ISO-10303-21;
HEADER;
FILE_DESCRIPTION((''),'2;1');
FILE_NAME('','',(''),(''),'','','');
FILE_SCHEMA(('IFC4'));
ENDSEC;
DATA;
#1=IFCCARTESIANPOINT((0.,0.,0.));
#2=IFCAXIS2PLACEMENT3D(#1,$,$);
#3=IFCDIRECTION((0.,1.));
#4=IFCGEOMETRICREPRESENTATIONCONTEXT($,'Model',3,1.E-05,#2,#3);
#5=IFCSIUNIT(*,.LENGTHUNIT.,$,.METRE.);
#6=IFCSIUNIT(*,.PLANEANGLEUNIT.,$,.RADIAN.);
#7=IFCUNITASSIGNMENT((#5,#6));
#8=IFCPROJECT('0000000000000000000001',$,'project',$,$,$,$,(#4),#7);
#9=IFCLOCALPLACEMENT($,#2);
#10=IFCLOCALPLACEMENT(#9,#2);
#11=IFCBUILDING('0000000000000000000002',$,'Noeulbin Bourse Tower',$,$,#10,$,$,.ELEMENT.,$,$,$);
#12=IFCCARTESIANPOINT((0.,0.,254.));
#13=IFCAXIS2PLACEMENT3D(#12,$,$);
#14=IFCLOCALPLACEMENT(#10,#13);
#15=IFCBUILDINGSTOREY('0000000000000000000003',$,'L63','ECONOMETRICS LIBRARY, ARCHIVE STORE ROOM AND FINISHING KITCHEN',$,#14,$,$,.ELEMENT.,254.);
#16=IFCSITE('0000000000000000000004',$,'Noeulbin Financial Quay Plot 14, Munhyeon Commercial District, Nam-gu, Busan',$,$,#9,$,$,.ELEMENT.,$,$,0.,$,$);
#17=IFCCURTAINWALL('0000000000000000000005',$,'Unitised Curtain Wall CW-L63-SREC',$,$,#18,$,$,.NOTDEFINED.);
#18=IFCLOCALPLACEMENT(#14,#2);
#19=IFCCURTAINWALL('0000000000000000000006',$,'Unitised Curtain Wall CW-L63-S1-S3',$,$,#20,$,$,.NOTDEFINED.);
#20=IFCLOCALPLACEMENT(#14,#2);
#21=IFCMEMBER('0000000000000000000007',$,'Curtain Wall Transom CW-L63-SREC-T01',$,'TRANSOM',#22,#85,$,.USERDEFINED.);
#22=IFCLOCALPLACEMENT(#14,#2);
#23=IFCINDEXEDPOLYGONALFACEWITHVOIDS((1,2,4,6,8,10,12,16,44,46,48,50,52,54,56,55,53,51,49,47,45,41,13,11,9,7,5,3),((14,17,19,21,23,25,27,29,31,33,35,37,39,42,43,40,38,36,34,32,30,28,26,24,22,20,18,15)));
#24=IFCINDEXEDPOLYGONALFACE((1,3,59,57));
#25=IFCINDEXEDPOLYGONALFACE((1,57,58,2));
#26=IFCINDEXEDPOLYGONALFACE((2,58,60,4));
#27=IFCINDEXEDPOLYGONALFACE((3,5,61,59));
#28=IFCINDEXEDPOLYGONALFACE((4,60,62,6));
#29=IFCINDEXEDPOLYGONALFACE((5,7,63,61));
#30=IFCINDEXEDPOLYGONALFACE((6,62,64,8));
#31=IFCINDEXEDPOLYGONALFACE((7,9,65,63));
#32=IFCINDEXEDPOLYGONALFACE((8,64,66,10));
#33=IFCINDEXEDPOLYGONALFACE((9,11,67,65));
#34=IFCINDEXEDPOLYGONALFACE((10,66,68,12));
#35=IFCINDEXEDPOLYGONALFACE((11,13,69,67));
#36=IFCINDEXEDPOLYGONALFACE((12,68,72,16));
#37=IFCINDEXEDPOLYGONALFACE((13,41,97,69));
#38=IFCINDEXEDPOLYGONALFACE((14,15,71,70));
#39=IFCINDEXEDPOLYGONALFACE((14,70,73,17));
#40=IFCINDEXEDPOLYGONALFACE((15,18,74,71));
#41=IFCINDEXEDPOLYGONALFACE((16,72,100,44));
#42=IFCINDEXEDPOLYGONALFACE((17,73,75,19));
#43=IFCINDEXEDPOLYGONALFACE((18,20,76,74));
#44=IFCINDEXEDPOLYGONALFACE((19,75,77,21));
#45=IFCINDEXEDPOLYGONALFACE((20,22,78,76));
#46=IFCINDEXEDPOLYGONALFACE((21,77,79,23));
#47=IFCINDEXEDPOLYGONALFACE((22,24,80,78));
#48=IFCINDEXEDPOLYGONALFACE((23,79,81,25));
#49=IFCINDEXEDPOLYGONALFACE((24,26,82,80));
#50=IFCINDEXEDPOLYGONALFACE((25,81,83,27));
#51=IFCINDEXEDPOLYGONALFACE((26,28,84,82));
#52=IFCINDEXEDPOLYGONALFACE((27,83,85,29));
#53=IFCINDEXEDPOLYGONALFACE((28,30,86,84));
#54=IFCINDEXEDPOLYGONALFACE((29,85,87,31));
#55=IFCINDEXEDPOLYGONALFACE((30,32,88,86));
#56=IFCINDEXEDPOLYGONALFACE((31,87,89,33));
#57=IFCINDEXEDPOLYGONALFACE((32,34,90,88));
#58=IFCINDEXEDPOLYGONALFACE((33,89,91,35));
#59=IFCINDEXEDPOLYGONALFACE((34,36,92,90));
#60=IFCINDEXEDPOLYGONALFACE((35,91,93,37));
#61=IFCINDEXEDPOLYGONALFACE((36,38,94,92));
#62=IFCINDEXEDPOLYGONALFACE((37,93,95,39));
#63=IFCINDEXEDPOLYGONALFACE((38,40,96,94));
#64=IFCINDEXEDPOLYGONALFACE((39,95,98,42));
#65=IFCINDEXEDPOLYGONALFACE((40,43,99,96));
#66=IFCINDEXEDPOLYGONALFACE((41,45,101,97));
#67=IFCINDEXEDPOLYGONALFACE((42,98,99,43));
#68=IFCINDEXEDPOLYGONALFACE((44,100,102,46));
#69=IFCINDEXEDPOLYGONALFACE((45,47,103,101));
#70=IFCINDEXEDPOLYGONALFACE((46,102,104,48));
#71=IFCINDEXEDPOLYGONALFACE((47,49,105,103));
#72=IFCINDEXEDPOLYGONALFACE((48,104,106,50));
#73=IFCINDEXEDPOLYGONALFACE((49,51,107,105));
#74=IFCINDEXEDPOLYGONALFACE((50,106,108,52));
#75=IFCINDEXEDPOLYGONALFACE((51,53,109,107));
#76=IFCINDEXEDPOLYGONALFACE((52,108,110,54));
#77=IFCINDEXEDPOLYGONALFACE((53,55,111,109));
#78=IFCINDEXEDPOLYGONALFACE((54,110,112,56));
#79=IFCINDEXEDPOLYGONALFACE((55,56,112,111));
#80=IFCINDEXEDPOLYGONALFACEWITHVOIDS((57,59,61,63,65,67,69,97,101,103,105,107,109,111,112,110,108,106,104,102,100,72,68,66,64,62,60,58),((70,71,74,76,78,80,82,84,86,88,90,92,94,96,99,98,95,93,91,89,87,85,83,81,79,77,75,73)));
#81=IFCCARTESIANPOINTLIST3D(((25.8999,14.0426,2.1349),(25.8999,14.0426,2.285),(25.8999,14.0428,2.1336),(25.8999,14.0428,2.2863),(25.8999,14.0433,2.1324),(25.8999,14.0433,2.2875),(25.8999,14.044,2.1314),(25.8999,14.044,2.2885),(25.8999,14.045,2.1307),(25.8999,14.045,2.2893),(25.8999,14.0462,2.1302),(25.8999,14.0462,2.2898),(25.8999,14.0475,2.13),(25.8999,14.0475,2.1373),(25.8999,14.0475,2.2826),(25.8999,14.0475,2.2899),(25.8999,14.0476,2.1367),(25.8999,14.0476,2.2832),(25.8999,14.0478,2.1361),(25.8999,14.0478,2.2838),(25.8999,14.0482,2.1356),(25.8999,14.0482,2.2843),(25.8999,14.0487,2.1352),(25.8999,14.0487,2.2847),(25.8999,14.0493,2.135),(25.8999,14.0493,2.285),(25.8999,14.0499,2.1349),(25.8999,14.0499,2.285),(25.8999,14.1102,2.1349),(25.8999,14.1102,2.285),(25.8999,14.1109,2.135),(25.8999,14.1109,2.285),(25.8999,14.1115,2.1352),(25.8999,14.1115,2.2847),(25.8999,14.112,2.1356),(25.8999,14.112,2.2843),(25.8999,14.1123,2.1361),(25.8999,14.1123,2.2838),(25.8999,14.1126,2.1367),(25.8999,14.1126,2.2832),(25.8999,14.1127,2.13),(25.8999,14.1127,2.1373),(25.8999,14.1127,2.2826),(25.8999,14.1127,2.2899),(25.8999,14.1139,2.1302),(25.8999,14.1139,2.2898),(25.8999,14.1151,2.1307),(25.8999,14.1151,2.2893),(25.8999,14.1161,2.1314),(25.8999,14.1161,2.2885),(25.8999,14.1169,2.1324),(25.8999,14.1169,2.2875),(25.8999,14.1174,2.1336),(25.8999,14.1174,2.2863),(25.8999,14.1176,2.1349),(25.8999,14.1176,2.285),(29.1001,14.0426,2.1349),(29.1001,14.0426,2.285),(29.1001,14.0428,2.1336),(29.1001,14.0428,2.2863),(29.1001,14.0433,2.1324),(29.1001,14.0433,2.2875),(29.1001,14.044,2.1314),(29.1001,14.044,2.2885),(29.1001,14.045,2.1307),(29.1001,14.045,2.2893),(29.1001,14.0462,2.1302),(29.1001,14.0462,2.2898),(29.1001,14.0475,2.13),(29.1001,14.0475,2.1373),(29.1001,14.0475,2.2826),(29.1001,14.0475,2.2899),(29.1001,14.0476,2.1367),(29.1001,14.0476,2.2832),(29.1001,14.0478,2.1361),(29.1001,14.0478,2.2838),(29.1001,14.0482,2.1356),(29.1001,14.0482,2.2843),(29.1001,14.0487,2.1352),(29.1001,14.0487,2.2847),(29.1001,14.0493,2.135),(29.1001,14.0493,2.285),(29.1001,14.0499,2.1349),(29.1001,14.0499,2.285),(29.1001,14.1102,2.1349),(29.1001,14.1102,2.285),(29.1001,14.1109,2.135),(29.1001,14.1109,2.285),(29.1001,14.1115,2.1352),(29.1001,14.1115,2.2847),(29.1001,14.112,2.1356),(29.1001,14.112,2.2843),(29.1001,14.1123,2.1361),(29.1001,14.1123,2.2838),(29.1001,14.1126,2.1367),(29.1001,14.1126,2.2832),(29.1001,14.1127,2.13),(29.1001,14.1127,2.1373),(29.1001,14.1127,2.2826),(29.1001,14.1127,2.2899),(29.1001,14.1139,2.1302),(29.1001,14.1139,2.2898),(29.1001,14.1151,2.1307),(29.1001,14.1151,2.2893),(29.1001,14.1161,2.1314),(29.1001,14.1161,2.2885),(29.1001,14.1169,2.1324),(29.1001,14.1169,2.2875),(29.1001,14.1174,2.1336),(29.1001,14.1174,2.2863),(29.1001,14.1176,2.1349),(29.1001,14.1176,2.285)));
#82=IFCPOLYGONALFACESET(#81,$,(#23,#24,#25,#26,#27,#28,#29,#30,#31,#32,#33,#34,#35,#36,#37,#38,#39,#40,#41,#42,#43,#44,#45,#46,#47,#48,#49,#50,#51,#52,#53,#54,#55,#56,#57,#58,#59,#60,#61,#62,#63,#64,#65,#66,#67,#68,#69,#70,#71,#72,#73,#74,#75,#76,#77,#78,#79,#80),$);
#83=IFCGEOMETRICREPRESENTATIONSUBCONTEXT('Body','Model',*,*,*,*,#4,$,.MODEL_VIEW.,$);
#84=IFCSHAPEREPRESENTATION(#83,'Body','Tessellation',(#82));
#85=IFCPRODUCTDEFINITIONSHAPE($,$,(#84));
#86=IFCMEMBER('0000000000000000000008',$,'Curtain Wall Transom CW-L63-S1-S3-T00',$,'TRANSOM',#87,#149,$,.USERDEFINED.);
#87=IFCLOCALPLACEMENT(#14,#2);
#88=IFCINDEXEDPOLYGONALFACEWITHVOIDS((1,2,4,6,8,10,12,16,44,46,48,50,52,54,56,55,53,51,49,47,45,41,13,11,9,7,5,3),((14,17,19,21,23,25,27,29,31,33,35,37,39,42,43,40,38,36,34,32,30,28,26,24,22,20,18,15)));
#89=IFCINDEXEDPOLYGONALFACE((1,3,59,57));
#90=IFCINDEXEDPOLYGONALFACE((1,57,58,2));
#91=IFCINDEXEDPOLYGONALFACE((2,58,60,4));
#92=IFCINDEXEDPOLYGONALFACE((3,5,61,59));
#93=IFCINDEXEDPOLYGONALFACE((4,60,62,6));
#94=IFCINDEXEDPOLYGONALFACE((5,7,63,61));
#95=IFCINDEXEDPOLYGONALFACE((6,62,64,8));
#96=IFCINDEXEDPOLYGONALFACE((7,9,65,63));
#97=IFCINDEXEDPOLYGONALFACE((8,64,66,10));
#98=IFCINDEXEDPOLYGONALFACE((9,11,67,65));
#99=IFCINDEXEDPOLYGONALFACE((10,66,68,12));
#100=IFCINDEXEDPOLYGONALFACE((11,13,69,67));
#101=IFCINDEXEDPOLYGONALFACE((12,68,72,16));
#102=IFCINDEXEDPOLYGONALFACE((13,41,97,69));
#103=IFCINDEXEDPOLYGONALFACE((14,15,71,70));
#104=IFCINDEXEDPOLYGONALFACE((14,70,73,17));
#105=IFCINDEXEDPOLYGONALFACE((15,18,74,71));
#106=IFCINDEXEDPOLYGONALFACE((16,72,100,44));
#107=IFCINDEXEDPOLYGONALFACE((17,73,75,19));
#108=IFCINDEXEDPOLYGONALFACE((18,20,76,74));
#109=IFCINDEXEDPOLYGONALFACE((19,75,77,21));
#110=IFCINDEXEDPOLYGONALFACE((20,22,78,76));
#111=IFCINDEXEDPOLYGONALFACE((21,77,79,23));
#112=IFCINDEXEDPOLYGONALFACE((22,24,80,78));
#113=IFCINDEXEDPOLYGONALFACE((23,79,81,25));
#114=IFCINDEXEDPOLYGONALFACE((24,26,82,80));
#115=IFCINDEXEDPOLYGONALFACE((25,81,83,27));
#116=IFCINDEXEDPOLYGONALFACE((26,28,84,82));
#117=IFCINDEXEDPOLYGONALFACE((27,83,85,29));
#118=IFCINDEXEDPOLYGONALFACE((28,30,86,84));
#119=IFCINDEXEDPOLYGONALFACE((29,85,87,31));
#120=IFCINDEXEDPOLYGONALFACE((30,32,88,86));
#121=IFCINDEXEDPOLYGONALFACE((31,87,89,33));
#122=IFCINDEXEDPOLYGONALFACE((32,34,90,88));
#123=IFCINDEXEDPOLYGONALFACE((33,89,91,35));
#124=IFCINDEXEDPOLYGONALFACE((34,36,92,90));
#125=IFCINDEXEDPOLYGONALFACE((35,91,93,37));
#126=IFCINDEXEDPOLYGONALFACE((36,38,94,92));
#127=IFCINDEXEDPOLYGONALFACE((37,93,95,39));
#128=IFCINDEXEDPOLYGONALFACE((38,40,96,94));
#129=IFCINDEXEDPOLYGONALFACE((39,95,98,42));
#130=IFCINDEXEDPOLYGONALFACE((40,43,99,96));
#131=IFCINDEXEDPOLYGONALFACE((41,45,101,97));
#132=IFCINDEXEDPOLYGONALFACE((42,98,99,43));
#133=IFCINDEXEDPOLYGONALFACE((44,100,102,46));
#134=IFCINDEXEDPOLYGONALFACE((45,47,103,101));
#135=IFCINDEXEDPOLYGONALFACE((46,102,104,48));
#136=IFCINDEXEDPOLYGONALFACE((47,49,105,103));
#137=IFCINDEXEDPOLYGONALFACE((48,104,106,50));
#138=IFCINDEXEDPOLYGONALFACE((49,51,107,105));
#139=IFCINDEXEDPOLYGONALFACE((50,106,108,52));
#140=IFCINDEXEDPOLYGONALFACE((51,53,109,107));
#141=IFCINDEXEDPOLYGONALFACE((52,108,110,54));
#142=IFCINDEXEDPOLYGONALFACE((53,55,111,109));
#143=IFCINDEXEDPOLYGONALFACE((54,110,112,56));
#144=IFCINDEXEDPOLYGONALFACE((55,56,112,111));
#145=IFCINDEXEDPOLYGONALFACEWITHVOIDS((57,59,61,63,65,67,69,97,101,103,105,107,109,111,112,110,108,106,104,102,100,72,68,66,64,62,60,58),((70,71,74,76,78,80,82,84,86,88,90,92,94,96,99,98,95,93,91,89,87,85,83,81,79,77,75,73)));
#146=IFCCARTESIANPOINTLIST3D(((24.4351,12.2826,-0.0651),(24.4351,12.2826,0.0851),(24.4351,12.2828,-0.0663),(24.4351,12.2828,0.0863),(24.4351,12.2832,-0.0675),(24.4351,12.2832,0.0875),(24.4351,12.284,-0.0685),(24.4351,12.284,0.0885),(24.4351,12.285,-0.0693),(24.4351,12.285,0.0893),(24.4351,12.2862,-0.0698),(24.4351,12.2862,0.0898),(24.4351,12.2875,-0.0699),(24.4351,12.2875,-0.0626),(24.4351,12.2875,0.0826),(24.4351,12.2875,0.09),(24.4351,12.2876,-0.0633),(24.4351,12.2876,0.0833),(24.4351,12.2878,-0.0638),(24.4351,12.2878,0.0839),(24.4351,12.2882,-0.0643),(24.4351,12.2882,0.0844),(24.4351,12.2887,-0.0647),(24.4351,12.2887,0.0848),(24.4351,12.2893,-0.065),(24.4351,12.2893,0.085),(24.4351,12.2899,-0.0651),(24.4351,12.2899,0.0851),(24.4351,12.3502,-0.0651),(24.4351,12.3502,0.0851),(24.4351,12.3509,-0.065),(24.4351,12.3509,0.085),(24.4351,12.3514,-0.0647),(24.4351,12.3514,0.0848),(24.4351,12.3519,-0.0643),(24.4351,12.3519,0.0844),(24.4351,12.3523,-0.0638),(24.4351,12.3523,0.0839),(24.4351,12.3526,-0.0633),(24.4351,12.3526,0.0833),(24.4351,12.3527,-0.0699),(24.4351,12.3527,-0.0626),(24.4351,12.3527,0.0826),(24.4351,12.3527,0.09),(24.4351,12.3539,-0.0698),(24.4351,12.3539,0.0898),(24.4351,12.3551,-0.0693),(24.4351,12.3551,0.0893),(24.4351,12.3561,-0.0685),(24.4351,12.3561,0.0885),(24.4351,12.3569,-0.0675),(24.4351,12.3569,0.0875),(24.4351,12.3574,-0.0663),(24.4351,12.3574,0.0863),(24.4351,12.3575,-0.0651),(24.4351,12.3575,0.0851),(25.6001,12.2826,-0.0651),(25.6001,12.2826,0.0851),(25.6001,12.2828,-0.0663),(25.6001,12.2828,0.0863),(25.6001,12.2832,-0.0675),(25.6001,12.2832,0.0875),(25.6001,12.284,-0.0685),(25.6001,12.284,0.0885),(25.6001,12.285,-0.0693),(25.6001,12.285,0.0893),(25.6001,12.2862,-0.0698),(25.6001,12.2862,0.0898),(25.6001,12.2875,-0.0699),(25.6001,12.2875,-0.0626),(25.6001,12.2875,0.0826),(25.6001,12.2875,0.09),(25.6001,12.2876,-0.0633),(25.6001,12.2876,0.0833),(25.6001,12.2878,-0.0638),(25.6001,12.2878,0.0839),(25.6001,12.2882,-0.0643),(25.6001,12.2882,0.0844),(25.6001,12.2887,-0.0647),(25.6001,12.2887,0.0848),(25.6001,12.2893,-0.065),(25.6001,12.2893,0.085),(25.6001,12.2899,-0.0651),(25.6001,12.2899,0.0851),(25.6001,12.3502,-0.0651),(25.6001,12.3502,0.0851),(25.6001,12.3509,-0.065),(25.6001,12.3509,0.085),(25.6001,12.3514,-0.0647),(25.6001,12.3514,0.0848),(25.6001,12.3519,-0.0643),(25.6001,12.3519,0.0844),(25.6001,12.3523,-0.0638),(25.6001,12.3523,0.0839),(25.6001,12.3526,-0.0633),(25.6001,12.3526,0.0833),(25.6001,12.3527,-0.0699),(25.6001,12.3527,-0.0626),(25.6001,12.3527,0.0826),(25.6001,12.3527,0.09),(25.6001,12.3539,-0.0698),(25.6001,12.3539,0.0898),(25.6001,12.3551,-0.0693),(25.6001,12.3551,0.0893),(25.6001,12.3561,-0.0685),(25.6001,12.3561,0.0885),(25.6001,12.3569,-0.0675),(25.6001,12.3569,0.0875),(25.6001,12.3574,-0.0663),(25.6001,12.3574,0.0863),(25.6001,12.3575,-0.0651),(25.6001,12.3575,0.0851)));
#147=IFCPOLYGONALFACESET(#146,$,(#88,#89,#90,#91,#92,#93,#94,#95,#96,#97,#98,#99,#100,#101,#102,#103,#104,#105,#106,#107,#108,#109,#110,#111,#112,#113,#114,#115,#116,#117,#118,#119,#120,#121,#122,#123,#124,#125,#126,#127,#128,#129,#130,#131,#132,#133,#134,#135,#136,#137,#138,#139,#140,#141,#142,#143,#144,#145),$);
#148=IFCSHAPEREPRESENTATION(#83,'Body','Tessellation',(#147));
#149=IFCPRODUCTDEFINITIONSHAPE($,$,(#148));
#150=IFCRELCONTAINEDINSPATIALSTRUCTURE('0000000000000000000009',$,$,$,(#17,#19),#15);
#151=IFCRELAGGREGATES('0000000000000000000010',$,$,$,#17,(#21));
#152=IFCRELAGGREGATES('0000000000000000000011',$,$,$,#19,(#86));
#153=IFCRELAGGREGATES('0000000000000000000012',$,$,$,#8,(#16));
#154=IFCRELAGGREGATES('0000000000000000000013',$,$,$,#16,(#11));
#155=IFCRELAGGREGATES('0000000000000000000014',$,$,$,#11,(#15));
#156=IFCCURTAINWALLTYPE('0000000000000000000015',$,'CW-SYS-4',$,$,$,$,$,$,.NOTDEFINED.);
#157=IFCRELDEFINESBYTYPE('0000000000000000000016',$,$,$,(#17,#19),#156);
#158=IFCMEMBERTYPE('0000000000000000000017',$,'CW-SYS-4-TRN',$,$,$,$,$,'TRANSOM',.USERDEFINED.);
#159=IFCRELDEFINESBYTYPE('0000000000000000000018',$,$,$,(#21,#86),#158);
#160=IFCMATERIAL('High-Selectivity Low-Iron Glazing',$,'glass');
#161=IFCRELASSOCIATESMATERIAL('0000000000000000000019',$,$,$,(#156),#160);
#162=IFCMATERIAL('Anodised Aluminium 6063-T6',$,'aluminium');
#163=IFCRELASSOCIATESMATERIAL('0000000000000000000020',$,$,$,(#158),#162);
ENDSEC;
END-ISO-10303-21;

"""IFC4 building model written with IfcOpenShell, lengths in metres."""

from ifc_helpers import new_model, si_unit, direction, frame, origin, origin_2d, place, context, subcontext, project, spatial, hollow_rectangle, extrude, material, material_profile, profile_set, type_object, element, aggregate, save


model = new_model("IFC4")

# Units and contexts
model_context = context("Model", 3, precision=1e-05, world=origin(), true_north=direction((0.0, 1.0)))
body_context = subcontext(model_context, "Body", "Model", "MODEL_VIEW")
ifc_project = project(units=[si_unit("LENGTHUNIT", "METRE"), si_unit("PLANEANGLEUNIT", "RADIAN")], contexts=[model_context])

# Site, building, storey
site_placement = place(None, origin())
site = spatial("IfcSite", under=ifc_project, at=site_placement, Name="Noeulbin Financial Quay Plot 14, Munhyeon Commercial District, Nam-gu, Busan", CompositionType="ELEMENT", RefElevation=0.0)
building_placement = place(site_placement, origin())
building = spatial("IfcBuilding", under=site, at=building_placement, Name="Noeulbin Bourse Tower", CompositionType="ELEMENT")
storey_placement = place(building_placement, frame((0.0, 0.0, 254.0)))
storey = spatial("IfcBuildingStorey", under=building, at=storey_placement, Name="L63", Description="ECONOMETRICS LIBRARY, ARCHIVE STORE ROOM AND FINISHING KITCHEN", CompositionType="ELEMENT", Elevation=254.0)

# Curtain walls
ifc_material_1 = material(Name="High-Selectivity Low-Iron Glazing", Category="glass")
curtain_wall_type = type_object("IfcCurtainWallType", Name="CW-SYS-4", PredefinedType="NOTDEFINED", material=ifc_material_1)
curtain_wall_1_placement = place(storey_placement, origin())
curtain_wall_1 = element("IfcCurtainWall", 1, at=curtain_wall_1_placement, inside=storey, type_object=curtain_wall_type, Name="Unitised Curtain Wall CW-L63-SREC", PredefinedType="NOTDEFINED")
ifc_material_2 = material(Name="Anodised Aluminium 6063-T6", Category="aluminium")
curtain_wall_2_placement = place(storey_placement, origin())
curtain_wall_2 = element("IfcCurtainWall", 2, at=curtain_wall_2_placement, inside=storey, type_object=curtain_wall_type, Name="Unitised Curtain Wall CW-L63-S1-S3", PredefinedType="NOTDEFINED")

# Members
ifc_material_profile_1 = material_profile(ifc_material_2, hollow_rectangle(XDim=0.075, YDim=0.1599, WallThickness=0.0049, InnerFilletRadius=0.0024, OuterFilletRadius=0.0049, at=origin_2d()), Name="ALU-TRAN-75x160x5", Category="LoadBearing")
ifc_profile_set_1 = profile_set([ifc_material_profile_1], Name="Anodised Aluminium 6063-T6")
member_type_1 = type_object("IfcMemberType", Name="CW-SYS-4-TRN", ElementType="TRANSOM", PredefinedType="USERDEFINED", material=ifc_profile_set_1)
member_1_placement = place(storey_placement, frame((25.8999, 14.0801, 2.21), z_axis=(1.0, 0.0, 0.0), x_axis=(0.0, 1.0, 0.0)))
member_1 = element("IfcMember", 3, at=member_1_placement, type_object=member_type_1, Name="Curtain Wall Transom CW-L63-SREC-T01", ObjectType="TRANSOM", PredefinedType="USERDEFINED", context=body_context, shape_type="SweptSolid", body=[
    extrude(hollow_rectangle(XDim=0.075, YDim=0.1599, WallThickness=0.0049, InnerFilletRadius=0.0024, OuterFilletRadius=0.0049, at=origin_2d()), origin(), (0.0, 0.0, 1.0), 3.2002),
])
member_2_placement = place(storey_placement, frame((24.4351, 12.3201, 0.01), z_axis=(1.0, 0.0, 0.0), x_axis=(0.0, 1.0, 0.0)))
member_2 = element("IfcMember", 4, at=member_2_placement, type_object=member_type_1, Name="Curtain Wall Transom CW-L63-S1-S3-T00", ObjectType="TRANSOM", PredefinedType="USERDEFINED", context=body_context, shape_type="SweptSolid", body=[
    extrude(hollow_rectangle(XDim=0.075, YDim=0.1599, WallThickness=0.0049, InnerFilletRadius=0.0024, OuterFilletRadius=0.0049, at=origin_2d()), origin(), (0.0, 0.0, 1.0), 1.165),
])

aggregate(curtain_wall_1, [member_1])
aggregate(curtain_wall_2, [member_2])

save(model, "model.ifc")
